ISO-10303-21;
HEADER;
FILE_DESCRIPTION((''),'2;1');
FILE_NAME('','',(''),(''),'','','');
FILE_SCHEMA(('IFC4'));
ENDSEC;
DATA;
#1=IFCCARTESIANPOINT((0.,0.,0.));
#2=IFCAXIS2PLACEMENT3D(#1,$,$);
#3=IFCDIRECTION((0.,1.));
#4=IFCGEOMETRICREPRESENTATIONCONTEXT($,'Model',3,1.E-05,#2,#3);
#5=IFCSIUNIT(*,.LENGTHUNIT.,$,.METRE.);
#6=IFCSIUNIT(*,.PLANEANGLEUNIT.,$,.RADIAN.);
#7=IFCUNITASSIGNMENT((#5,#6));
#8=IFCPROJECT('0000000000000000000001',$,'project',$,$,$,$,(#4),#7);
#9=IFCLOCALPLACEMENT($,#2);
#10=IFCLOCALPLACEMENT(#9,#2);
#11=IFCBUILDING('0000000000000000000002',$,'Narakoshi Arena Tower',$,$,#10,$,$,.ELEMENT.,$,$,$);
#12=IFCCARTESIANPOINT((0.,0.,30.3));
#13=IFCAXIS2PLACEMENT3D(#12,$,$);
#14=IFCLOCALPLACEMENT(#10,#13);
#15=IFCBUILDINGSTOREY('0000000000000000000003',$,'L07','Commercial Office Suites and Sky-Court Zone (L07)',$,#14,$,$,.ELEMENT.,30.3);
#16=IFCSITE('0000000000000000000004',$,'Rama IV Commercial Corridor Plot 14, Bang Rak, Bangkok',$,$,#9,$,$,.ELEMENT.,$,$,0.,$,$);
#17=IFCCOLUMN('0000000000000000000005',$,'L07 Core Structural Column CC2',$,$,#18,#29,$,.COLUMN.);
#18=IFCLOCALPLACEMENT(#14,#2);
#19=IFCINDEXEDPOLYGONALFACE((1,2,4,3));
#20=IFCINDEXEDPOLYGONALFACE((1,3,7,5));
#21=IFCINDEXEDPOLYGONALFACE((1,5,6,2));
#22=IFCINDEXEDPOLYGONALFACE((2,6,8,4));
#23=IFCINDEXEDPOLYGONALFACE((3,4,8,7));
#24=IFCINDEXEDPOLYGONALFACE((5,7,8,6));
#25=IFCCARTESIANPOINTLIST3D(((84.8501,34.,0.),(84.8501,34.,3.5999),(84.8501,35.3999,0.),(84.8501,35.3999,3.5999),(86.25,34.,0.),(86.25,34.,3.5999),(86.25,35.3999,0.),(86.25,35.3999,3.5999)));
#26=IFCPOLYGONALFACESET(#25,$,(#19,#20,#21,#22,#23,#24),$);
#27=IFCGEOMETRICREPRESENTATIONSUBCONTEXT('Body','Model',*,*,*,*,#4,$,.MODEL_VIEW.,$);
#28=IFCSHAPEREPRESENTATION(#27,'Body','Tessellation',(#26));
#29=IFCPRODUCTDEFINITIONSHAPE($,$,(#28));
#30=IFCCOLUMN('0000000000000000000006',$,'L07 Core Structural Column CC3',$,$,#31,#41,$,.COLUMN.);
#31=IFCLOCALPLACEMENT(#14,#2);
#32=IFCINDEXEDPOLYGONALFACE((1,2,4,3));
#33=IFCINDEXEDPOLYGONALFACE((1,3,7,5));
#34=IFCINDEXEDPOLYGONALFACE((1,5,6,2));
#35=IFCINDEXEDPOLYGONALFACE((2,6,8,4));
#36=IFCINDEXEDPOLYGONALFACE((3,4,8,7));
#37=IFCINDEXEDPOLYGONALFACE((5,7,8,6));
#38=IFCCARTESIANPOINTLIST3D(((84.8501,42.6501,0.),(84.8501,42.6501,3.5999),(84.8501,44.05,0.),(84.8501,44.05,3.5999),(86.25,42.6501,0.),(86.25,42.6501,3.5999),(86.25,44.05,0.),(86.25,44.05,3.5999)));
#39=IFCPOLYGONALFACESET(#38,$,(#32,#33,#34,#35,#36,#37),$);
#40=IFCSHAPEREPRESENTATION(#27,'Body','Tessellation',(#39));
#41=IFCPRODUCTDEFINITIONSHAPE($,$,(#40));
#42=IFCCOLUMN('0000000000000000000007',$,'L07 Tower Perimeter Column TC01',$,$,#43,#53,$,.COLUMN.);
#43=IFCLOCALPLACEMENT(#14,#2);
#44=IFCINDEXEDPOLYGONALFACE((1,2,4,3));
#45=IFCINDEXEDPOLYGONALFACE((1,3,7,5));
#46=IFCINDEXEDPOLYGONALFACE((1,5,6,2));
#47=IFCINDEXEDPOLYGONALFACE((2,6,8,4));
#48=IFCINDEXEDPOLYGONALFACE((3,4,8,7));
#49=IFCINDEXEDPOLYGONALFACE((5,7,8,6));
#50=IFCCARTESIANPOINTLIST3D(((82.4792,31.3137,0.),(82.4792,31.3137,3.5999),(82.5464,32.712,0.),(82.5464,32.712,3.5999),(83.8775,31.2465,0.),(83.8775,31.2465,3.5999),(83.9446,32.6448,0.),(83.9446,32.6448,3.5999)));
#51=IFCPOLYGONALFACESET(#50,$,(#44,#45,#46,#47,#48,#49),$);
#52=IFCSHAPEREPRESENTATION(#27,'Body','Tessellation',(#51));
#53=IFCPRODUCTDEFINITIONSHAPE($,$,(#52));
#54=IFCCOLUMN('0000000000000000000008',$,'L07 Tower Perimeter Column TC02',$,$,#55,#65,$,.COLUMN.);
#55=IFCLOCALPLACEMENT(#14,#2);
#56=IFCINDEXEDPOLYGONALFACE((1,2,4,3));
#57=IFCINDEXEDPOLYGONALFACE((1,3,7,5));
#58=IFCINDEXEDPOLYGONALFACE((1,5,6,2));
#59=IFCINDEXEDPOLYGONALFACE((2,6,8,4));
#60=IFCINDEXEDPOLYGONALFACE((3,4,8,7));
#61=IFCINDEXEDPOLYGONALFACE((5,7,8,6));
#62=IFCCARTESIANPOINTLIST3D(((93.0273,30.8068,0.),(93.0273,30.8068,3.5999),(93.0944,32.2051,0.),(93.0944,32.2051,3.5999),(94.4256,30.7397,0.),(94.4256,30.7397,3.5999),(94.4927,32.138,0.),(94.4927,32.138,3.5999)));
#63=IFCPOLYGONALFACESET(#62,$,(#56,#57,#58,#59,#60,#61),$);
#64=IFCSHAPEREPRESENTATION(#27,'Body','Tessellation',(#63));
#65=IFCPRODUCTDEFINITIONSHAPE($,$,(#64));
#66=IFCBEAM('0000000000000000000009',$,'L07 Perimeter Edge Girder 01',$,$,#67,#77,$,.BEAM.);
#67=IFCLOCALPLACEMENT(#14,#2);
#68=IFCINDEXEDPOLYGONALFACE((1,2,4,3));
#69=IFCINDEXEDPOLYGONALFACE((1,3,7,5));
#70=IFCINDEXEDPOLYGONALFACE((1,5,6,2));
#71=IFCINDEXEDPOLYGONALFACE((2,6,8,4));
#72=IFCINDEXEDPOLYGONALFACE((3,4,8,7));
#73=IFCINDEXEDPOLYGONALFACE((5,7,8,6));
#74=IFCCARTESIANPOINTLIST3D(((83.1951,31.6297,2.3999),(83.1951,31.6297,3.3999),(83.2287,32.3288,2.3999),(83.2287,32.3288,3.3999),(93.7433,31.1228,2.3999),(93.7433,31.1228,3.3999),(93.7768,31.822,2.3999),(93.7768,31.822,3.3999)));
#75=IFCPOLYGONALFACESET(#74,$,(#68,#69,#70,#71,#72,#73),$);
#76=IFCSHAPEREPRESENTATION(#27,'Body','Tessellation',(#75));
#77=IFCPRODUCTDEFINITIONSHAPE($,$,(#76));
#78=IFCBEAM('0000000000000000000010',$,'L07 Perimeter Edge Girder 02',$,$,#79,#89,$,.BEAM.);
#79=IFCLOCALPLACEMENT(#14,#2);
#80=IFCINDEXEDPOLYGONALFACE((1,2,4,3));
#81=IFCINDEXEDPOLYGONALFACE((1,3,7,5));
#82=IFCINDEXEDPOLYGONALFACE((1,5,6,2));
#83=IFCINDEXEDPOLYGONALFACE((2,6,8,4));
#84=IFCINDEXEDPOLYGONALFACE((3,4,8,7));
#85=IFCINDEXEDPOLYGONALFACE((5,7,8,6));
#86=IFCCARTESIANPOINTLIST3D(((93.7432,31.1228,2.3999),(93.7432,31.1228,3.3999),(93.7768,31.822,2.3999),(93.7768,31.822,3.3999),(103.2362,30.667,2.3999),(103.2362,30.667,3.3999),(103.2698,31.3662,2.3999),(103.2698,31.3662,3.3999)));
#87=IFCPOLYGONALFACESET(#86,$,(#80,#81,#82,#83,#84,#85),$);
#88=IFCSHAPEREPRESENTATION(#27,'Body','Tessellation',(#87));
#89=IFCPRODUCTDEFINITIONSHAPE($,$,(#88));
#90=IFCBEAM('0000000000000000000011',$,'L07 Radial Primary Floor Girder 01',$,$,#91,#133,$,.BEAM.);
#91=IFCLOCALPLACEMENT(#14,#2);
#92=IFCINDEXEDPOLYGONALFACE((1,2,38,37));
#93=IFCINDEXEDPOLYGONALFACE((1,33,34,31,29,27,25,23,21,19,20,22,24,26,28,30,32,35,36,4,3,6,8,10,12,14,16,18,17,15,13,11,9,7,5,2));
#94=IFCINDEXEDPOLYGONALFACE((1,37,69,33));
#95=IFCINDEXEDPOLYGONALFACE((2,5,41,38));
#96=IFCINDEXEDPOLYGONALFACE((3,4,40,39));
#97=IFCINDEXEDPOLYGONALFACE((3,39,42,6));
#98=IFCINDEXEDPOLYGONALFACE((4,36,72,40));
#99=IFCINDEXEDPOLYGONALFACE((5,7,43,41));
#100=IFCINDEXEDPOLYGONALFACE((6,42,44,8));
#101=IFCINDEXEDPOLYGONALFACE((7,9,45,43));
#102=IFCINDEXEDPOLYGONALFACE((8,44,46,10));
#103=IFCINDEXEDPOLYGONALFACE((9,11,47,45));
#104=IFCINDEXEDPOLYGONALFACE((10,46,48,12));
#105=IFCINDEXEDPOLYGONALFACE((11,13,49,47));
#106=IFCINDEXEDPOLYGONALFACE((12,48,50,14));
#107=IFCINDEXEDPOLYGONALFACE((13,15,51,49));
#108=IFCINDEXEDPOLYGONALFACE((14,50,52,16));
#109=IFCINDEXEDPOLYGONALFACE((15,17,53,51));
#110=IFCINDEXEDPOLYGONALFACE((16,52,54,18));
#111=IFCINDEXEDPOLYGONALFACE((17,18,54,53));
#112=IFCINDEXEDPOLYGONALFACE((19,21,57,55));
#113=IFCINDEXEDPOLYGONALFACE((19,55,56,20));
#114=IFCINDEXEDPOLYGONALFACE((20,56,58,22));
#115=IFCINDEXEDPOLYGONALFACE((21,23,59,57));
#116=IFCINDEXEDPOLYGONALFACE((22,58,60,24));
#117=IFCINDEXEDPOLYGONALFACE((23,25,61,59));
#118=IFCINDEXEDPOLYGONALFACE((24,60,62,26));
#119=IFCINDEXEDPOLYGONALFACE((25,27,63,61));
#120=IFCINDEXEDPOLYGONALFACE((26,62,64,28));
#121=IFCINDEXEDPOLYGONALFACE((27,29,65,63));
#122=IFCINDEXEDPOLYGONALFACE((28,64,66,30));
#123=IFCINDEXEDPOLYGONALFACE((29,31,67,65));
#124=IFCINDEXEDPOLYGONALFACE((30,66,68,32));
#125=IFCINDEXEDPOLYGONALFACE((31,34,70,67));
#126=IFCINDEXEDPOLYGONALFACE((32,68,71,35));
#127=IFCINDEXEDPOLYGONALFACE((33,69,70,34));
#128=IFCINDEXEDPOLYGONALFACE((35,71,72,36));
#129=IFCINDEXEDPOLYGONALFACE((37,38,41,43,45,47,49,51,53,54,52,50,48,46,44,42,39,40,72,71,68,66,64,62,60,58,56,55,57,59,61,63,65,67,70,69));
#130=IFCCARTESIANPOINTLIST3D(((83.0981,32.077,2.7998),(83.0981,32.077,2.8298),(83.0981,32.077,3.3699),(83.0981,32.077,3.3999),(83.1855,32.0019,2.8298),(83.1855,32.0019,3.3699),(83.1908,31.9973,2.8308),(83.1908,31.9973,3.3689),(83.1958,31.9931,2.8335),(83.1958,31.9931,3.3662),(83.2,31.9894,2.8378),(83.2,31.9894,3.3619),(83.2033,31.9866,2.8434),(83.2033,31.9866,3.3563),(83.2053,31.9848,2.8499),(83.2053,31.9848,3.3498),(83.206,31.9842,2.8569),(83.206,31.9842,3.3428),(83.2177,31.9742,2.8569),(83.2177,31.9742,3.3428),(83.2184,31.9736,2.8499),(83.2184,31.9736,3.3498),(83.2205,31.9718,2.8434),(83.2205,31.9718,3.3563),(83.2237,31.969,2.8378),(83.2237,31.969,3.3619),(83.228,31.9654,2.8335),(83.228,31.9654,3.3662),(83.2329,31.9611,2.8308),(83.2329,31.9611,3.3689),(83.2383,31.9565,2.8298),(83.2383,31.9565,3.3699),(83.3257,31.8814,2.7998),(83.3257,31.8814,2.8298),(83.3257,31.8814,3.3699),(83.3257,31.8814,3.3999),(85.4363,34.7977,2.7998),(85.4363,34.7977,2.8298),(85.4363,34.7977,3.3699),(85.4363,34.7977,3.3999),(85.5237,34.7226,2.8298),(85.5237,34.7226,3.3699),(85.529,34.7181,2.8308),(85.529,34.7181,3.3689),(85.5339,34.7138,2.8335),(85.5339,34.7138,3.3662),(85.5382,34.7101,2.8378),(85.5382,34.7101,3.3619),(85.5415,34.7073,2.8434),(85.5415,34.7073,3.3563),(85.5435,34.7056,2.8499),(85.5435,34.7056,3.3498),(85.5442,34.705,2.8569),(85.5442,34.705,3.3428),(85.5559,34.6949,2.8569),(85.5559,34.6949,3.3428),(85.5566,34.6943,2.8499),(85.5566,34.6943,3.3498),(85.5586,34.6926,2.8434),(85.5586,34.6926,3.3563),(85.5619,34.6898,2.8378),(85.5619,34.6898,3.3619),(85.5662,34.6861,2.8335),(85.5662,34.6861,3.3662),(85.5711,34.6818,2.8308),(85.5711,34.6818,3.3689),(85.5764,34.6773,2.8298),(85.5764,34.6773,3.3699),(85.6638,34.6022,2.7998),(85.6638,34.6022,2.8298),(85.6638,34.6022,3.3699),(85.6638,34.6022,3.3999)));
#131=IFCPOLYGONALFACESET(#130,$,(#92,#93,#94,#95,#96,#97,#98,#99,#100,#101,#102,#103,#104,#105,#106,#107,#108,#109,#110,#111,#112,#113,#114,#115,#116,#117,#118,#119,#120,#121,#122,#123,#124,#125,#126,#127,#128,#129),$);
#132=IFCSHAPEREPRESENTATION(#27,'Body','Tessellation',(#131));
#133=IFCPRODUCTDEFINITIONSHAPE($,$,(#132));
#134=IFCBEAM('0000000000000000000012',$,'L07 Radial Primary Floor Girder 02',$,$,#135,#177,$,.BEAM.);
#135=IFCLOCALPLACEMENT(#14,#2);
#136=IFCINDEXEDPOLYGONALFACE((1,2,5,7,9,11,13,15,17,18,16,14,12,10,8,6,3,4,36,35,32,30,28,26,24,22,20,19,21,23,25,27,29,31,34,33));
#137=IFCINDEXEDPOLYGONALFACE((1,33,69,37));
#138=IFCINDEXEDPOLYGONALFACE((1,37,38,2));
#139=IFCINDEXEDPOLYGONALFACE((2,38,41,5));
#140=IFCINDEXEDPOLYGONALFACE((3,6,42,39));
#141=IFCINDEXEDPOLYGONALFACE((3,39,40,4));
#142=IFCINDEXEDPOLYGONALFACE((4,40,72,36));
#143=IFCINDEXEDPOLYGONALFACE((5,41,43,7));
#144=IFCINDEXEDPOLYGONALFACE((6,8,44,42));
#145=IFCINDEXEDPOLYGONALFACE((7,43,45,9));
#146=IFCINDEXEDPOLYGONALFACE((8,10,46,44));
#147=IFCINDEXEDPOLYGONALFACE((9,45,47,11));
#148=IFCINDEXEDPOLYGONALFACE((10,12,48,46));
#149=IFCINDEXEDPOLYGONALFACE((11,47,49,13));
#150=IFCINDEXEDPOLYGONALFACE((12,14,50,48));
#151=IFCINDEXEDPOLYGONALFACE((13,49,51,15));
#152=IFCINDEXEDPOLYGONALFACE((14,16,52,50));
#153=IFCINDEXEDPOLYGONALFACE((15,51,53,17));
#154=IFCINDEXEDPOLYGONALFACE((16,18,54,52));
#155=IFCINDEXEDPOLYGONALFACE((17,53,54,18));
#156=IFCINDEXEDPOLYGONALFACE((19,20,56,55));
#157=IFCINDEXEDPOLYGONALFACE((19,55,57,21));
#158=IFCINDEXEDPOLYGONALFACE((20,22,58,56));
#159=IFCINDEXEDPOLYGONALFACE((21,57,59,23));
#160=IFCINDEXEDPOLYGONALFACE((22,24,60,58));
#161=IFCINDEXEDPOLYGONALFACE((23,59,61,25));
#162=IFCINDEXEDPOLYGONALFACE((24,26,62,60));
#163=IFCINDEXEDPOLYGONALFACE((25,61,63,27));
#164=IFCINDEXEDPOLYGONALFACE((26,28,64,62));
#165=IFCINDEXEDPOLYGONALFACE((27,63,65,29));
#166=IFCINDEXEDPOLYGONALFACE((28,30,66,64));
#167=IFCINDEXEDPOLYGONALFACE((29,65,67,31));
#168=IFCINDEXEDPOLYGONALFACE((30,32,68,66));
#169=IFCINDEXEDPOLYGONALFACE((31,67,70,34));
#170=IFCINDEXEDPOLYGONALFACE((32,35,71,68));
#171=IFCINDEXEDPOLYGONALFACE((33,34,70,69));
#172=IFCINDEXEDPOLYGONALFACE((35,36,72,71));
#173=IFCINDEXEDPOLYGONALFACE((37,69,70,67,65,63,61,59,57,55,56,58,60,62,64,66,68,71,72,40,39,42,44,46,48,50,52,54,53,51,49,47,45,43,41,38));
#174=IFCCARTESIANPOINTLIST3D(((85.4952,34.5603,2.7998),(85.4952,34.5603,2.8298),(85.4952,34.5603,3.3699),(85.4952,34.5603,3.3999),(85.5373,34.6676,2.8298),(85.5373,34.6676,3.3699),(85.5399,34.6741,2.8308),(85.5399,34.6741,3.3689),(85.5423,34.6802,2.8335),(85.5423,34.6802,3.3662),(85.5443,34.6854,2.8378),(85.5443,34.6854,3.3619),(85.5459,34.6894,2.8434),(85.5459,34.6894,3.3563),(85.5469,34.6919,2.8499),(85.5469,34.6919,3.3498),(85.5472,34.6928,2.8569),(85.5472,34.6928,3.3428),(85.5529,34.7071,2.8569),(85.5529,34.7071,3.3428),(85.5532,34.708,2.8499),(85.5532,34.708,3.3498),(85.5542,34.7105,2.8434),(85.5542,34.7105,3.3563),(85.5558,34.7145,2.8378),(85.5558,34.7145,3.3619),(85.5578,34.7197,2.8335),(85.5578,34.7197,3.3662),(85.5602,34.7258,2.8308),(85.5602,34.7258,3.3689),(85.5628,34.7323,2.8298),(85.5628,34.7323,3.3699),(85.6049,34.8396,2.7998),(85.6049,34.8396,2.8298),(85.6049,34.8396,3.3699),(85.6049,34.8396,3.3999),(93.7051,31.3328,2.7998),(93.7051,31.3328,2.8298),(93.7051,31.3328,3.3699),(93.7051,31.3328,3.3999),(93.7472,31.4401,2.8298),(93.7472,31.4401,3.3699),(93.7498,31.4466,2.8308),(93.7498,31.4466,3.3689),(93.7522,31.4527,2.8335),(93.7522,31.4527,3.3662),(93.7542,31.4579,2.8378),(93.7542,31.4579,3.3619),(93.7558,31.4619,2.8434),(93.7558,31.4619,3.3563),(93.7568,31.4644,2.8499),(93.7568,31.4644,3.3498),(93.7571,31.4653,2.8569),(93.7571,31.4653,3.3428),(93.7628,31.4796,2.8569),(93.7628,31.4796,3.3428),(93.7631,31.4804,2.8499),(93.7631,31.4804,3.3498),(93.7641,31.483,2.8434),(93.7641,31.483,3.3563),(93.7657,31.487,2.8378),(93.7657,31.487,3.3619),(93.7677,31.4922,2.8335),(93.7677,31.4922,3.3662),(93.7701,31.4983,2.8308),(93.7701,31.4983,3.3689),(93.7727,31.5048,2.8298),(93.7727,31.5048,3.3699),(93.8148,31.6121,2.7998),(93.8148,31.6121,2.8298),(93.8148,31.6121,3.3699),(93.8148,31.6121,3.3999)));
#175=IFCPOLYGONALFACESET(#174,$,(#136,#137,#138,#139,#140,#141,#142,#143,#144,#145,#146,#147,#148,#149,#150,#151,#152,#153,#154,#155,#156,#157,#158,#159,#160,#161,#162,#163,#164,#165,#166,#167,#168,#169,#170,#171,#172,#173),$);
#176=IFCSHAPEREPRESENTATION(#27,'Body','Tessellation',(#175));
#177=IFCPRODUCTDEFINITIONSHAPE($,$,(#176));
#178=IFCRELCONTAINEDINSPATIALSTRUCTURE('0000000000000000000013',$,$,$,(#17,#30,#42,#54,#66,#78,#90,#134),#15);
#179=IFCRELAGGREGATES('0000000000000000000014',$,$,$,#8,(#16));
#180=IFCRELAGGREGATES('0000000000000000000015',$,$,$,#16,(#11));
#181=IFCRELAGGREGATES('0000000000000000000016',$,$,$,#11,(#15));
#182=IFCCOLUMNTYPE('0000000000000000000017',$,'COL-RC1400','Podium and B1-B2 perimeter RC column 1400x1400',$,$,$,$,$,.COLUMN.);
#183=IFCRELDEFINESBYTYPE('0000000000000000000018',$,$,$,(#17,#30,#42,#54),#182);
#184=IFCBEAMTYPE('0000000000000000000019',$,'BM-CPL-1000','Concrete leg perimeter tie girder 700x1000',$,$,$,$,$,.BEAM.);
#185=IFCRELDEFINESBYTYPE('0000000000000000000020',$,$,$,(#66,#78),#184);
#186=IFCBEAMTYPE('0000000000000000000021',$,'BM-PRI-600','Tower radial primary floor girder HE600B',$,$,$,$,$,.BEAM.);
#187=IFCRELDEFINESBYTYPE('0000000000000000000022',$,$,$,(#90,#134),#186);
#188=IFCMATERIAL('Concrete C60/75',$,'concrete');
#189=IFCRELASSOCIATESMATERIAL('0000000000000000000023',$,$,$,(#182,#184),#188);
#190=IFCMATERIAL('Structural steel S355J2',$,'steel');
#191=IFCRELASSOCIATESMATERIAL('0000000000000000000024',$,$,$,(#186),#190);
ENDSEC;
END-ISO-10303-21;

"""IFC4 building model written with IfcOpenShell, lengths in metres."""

from ifc_helpers import new_model, si_unit, direction, frame, origin, origin_2d, place, context, subcontext, project, spatial, rectangle, i_section, extrude, material, material_profile, profile_set, type_object, element, save


model = new_model("IFC4")

# Units and contexts
model_context = context("Model", 3, precision=1e-05, world=origin(), true_north=direction((0.0, 1.0)))
body_context = subcontext(model_context, "Body", "Model", "MODEL_VIEW")
ifc_project = project(units=[si_unit("LENGTHUNIT", "METRE"), si_unit("PLANEANGLEUNIT", "RADIAN")], contexts=[model_context])

# Site, building, storey
site_placement = place(None, origin())
site = spatial("IfcSite", under=ifc_project, at=site_placement, Name="Rama IV Commercial Corridor Plot 14, Bang Rak, Bangkok", CompositionType="ELEMENT", RefElevation=0.0)
building_placement = place(site_placement, origin())
building = spatial("IfcBuilding", under=site, at=building_placement, Name="Narakoshi Arena Tower", CompositionType="ELEMENT")
storey_placement = place(building_placement, frame((0.0, 0.0, 30.3)))
storey = spatial("IfcBuildingStorey", under=building, at=storey_placement, Name="L07", Description="Commercial Office Suites and Sky-Court Zone (L07)", CompositionType="ELEMENT", Elevation=30.3)

# Columns
ifc_material_1 = material(Name="Concrete C60/75", Category="concrete")
ifc_material_profile_1 = material_profile(ifc_material_1, rectangle(XDim=1.3999, YDim=1.3999, at=origin_2d()), Name="RC1400x1400")
ifc_profile_set_1 = profile_set([ifc_material_profile_1], Name="Concrete C60/75")
column_type = type_object("IfcColumnType", Name="COL-RC1400", Description="Podium and B1-B2 perimeter RC column 1400x1400", PredefinedType="COLUMN", material=ifc_profile_set_1)
for number, where, z_axis, x_axis, name in (
    (1, (85.55, 34.7, 0.0), (0.0, 0.0, 1.0), (1.0, 0.0, 0.0), "L07 Core Structural Column CC2"),
    (2, (85.55, 43.3501, 0.0), (0.0, 0.0, 1.0), (1.0, 0.0, 0.0), "L07 Core Structural Column CC3"),
    (3, (83.2119, 31.9792, 0.0), (0.0, 0.0, 1.0), (-0.998848, 0.047978, 0.0), "L07 Tower Perimeter Column TC01"),
    (4, (93.76, 31.4724, 0.0), (0.0, 0.0, 1.0), (-0.998848, 0.047978, 0.0), "L07 Tower Perimeter Column TC02"),
):
    element("IfcColumn", number, at=place(storey_placement, frame(where, z_axis=z_axis, x_axis=x_axis)), inside=storey, type_object=column_type, Name=name, PredefinedType="COLUMN", context=body_context, shape_type="SweptSolid", body=[
        extrude(rectangle(XDim=1.3999, YDim=1.3999, at=origin_2d()), origin(), (0.0, 0.0, 1.0), 3.5999),
    ])

# Beams
ifc_material_profile_2 = material_profile(ifc_material_1, rectangle(XDim=0.7, YDim=1.0, at=origin_2d()), Name="RCB700x1000")
ifc_profile_set_2 = profile_set([ifc_material_profile_2], Name="Concrete C60/75")
beam_type_1 = type_object("IfcBeamType", Name="BM-CPL-1000", Description="Concrete leg perimeter tie girder 700x1000", PredefinedType="BEAM", material=ifc_profile_set_2)
beam_1_placement = place(storey_placement, frame((83.2119, 31.9792, 2.8999), z_axis=(0.998848, -0.047995, 0.0), x_axis=(0.047995, 0.998848, 0.0)))
element("IfcBeam", 5, at=beam_1_placement, inside=storey, type_object=beam_type_1, Name="L07 Perimeter Edge Girder 01", PredefinedType="BEAM", context=body_context, shape_type="SweptSolid", body=[
    extrude(rectangle(XDim=0.7, YDim=1.0, at=origin_2d()), origin(), (0.0, 0.0, 1.0), 10.5603),
])
beam_2_placement = place(storey_placement, frame((93.76, 31.4724, 2.8999), z_axis=(0.998849, -0.047961, 0.0), x_axis=(0.047961, 0.998849, 0.0)))
element("IfcBeam", 6, at=beam_2_placement, inside=storey, type_object=beam_type_1, Name="L07 Perimeter Edge Girder 02", PredefinedType="BEAM", context=body_context, shape_type="SweptSolid", body=[
    extrude(rectangle(XDim=0.7, YDim=1.0, at=origin_2d()), origin(), (0.0, 0.0, 1.0), 9.5039),
])
ifc_material_2 = material(Name="Structural steel S355J2", Category="steel")
ifc_material_profile_3 = material_profile(ifc_material_2, i_section(OverallWidth=0.3, OverallDepth=0.6001, WebThickness=0.0154, FlangeThickness=0.03, FilletRadius=0.0271, at=origin_2d()), Name="HE600B")
ifc_profile_set_3 = profile_set([ifc_material_profile_3], Name="Structural steel S355J2")
beam_type_2 = type_object("IfcBeamType", Name="BM-PRI-600", Description="Tower radial primary floor girder HE600B", PredefinedType="BEAM", material=ifc_profile_set_3)
beam_3_placement = place(storey_placement, frame((85.55, 34.7, 3.0999), z_axis=(-0.651772, -0.758415, 0.0), x_axis=(0.758415, -0.651772, 0.0)))
element("IfcBeam", 7, at=beam_3_placement, inside=storey, type_object=beam_type_2, Name="L07 Radial Primary Floor Girder 01", PredefinedType="BEAM", context=body_context, shape_type="SweptSolid", body=[
    extrude(i_section(OverallWidth=0.3, OverallDepth=0.6001, WebThickness=0.0154, FlangeThickness=0.03, FilletRadius=0.0271, at=origin_2d()), origin(), (0.0, 0.0, 1.0), 3.5874),
])
beam_4_placement = place(storey_placement, frame((85.55, 34.7, 3.0999), z_axis=(0.930667, -0.365868, 0.0), x_axis=(0.365868, 0.930667, 0.0)))
element("IfcBeam", 8, at=beam_4_placement, inside=storey, type_object=beam_type_2, Name="L07 Radial Primary Floor Girder 02", PredefinedType="BEAM", context=body_context, shape_type="SweptSolid", body=[
    extrude(i_section(OverallWidth=0.3, OverallDepth=0.6001, WebThickness=0.0154, FlangeThickness=0.03, FilletRadius=0.0271, at=origin_2d()), origin(), (0.0, 0.0, 1.0), 8.8215),
])

save(model, "model.ifc")
